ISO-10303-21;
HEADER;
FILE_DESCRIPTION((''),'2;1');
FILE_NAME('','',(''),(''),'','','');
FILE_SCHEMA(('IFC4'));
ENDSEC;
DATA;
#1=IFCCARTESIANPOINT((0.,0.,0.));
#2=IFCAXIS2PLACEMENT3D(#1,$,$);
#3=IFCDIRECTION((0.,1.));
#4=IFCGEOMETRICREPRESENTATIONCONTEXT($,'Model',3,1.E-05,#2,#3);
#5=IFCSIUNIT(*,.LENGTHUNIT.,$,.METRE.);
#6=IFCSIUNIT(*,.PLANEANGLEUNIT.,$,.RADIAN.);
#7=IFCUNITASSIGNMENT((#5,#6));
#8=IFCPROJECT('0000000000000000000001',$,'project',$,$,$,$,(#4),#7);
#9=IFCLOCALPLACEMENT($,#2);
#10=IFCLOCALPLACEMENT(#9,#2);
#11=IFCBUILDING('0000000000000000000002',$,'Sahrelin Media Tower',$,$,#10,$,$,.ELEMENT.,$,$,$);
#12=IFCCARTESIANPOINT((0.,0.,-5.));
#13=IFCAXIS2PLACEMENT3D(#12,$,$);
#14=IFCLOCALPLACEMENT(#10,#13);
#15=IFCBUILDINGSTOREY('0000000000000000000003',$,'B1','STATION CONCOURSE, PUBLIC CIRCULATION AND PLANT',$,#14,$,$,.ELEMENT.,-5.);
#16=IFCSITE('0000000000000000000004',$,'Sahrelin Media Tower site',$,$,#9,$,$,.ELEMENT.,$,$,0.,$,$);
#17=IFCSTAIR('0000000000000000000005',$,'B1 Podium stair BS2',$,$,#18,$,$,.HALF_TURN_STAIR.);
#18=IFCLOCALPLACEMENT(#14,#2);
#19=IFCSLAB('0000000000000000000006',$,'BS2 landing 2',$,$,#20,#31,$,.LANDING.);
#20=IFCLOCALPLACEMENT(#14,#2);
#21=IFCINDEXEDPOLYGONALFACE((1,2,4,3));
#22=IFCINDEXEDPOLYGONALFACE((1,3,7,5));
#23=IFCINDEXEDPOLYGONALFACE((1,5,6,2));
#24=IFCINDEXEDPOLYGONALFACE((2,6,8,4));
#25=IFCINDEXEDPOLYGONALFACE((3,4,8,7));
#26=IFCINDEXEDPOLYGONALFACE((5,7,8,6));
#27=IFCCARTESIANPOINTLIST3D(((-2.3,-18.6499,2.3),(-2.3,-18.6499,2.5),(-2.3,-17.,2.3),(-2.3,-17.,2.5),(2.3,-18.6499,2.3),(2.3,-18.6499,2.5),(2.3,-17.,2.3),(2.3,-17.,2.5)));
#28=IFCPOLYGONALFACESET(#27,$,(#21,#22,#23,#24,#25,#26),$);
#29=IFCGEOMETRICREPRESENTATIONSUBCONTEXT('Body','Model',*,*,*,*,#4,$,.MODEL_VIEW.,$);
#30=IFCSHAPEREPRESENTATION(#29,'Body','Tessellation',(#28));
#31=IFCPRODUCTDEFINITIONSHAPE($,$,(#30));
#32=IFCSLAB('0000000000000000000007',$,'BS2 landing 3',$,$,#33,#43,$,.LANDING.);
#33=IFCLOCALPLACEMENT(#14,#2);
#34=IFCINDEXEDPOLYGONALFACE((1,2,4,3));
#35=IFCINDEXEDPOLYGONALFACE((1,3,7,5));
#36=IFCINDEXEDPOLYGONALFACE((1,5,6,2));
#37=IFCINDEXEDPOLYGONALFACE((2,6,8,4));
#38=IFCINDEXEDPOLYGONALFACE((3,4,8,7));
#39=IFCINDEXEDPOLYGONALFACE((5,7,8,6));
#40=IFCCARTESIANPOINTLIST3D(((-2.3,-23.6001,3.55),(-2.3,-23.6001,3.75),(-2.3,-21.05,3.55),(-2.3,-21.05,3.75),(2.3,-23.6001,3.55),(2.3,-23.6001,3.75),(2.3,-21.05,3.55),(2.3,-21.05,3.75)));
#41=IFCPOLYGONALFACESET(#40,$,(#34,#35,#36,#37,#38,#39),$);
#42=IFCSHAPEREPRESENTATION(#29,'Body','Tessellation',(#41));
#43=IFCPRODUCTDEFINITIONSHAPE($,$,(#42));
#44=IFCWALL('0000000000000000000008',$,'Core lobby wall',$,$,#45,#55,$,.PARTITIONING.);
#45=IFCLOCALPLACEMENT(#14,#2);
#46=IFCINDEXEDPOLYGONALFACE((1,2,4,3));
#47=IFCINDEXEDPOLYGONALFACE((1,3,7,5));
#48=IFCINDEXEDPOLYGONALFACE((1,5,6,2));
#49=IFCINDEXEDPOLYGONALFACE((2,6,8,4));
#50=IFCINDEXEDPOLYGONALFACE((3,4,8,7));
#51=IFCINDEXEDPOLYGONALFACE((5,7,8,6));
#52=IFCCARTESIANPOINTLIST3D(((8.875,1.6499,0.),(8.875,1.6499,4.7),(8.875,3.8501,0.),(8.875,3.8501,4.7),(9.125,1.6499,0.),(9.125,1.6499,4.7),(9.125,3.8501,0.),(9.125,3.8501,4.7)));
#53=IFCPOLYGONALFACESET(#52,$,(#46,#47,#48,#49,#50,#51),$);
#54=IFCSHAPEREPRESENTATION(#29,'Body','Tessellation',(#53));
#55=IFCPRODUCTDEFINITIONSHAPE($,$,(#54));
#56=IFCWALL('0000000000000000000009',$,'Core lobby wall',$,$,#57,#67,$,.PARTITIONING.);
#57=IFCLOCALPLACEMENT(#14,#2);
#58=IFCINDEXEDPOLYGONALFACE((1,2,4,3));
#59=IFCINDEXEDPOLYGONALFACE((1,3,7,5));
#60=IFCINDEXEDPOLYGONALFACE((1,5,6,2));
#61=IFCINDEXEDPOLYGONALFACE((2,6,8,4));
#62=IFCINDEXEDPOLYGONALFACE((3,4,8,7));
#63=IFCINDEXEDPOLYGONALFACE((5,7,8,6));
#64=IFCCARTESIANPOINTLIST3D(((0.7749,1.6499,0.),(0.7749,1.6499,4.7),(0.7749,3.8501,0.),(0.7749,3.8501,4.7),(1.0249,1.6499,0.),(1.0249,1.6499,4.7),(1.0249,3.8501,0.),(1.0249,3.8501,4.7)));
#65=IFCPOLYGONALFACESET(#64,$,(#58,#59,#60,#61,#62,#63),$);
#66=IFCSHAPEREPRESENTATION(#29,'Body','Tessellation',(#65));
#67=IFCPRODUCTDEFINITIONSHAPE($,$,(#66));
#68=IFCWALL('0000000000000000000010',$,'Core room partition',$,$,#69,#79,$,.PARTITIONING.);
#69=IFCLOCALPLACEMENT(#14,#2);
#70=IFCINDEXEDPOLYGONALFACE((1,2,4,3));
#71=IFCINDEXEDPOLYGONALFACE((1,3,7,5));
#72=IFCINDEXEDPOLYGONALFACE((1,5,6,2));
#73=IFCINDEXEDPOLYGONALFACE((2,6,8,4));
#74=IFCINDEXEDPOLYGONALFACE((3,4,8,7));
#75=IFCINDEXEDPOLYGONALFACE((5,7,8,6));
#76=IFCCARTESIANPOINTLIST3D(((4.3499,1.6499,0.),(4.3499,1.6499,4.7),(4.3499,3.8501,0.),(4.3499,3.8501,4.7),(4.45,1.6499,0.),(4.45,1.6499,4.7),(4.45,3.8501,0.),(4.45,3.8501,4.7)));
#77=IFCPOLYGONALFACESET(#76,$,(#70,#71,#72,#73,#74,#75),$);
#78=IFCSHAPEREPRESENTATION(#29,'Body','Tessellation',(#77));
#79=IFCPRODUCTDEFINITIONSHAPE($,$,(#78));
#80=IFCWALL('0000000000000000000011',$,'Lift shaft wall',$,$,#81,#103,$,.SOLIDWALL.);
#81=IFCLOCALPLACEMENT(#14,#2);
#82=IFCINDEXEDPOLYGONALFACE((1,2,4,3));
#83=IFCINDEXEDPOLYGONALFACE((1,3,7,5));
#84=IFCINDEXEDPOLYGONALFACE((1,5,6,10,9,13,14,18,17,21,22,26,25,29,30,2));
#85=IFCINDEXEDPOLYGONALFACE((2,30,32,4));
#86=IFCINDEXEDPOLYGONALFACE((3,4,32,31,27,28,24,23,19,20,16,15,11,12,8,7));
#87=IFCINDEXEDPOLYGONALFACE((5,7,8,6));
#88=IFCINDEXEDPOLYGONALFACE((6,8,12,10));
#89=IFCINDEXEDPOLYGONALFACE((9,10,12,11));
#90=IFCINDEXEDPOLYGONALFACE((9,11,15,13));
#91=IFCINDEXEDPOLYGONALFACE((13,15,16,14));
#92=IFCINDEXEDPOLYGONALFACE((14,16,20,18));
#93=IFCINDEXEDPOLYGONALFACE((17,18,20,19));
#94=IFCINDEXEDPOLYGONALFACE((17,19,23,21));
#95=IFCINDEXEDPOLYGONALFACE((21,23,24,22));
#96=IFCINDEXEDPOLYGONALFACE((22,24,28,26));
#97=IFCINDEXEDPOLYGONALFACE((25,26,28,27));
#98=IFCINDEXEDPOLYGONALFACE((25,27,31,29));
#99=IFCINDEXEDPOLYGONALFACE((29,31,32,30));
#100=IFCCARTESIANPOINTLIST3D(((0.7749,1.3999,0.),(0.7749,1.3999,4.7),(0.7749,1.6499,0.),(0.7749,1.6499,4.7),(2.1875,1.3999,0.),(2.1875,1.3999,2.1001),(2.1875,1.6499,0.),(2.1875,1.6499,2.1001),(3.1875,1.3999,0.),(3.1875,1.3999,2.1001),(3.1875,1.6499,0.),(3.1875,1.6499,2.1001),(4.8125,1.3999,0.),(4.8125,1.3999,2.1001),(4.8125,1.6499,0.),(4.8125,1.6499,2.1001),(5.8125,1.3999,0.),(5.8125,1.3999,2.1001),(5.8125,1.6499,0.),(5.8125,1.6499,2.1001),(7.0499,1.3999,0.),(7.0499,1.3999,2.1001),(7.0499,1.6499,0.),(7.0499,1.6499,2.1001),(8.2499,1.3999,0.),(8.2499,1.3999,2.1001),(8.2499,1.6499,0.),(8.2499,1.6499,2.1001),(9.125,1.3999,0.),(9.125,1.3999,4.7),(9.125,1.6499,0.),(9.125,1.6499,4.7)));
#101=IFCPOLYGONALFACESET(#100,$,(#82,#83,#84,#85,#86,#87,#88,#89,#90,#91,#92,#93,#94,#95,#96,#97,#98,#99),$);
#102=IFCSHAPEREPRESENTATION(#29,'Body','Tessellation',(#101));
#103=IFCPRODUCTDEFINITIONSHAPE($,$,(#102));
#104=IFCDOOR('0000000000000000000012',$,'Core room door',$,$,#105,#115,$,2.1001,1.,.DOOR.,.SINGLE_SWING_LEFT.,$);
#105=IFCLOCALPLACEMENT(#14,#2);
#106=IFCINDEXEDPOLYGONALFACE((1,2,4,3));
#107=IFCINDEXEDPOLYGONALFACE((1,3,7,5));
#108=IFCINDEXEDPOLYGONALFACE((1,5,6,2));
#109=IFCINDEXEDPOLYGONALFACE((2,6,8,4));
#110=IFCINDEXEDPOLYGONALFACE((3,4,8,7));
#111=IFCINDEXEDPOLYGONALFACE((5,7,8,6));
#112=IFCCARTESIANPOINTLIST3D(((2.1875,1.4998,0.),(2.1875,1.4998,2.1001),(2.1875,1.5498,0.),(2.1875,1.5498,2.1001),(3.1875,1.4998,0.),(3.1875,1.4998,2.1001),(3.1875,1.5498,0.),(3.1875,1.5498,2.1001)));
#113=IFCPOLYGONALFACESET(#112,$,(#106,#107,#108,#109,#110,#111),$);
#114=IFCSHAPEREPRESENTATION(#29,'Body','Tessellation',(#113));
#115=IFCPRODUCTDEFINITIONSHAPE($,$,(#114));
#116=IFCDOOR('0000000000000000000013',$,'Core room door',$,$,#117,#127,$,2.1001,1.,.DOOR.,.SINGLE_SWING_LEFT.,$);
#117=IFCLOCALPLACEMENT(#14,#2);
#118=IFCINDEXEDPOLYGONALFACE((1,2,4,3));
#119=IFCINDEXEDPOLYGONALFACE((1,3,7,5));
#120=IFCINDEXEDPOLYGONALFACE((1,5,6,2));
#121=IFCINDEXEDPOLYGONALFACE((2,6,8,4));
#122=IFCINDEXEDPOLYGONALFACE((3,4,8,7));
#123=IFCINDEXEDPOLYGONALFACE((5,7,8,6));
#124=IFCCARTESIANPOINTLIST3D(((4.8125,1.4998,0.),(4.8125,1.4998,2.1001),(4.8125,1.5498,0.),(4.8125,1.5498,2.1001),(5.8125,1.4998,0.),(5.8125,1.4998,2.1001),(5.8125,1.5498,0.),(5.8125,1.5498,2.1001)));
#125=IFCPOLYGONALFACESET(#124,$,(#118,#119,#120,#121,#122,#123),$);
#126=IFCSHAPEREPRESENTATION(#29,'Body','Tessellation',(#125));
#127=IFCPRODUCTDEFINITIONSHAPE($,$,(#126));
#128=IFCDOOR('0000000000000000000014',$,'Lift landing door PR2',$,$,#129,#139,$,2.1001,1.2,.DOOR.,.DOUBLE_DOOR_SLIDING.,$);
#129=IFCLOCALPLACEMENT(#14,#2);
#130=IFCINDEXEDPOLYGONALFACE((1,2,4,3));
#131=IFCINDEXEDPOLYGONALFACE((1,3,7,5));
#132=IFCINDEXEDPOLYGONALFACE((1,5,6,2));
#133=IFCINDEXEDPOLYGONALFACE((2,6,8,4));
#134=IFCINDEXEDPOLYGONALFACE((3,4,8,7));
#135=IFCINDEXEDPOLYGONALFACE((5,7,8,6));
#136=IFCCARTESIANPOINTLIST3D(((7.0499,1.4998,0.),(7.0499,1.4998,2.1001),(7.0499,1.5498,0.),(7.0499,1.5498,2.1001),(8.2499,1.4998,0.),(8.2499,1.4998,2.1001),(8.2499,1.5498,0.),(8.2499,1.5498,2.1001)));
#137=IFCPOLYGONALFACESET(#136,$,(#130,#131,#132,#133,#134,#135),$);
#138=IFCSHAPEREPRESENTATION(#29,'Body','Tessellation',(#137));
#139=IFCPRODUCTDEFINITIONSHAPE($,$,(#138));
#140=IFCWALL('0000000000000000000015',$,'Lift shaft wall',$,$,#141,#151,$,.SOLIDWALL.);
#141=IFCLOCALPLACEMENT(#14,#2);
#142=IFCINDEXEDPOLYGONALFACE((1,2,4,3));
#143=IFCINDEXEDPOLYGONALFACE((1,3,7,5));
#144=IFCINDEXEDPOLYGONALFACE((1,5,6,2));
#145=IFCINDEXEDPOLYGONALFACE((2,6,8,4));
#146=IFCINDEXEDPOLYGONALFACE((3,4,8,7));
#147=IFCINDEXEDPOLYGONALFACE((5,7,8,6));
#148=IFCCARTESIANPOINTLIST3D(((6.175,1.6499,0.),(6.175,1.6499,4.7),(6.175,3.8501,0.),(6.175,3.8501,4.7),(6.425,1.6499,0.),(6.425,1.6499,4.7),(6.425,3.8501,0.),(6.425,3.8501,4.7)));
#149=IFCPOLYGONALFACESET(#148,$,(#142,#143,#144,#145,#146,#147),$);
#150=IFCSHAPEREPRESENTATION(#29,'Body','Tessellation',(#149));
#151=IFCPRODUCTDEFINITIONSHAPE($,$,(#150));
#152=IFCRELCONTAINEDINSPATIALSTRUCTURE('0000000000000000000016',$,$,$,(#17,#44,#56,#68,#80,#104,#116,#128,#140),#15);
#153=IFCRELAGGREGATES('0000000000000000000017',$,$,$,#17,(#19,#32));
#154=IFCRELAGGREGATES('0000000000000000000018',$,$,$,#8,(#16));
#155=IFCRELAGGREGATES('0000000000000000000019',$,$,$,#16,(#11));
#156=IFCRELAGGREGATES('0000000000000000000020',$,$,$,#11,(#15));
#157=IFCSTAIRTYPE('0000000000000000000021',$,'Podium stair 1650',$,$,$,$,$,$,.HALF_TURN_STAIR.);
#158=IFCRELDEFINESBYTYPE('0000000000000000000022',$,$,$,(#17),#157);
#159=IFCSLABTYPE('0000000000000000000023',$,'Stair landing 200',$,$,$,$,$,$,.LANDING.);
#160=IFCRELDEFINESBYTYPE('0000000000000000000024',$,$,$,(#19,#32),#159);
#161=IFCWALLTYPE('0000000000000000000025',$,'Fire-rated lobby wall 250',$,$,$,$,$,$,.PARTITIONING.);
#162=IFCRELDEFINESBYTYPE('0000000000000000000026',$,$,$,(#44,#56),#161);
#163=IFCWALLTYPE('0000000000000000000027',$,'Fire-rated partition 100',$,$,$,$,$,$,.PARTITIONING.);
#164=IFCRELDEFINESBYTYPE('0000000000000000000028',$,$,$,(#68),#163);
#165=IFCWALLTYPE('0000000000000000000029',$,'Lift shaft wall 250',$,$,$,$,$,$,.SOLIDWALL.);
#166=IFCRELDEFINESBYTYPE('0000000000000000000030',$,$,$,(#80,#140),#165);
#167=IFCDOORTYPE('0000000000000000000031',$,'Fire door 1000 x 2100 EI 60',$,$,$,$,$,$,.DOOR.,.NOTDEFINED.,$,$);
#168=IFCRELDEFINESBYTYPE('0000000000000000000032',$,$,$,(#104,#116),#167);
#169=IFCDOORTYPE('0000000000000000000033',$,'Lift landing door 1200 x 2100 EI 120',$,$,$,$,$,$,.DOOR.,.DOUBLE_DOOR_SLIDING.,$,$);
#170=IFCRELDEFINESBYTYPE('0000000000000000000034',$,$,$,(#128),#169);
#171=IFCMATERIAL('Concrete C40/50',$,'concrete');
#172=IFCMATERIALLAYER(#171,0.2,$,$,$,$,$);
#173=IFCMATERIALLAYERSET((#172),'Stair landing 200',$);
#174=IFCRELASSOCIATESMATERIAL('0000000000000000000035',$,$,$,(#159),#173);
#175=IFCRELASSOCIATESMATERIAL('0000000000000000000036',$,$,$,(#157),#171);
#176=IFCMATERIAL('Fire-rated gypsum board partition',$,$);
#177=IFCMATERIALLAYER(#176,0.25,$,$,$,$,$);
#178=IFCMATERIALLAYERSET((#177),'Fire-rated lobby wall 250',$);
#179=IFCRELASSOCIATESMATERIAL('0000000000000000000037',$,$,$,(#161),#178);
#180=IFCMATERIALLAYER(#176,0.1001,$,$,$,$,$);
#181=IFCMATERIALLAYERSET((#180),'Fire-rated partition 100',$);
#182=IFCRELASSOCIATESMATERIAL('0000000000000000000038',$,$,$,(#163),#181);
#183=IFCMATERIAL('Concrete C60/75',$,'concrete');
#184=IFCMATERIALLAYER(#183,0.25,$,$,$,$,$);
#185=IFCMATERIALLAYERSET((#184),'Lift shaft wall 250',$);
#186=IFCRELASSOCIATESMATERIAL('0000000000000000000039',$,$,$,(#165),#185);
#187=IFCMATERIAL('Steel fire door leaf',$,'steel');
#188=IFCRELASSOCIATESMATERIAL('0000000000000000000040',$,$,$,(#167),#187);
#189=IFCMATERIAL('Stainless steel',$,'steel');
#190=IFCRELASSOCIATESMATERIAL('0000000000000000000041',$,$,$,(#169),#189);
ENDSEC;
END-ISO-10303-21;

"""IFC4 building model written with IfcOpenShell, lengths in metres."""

from ifc_helpers import new_model, si_unit, direction, frame, frame_2d, origin, place, context, subcontext, project, spatial, polyline, rectangle, outline, extrude, material, layer, layer_set, type_object, element, fill, aggregate, save


model = new_model("IFC4")

# Units and contexts
model_context = context("Model", 3, precision=1e-05, world=origin(), true_north=direction((0.0, 1.0)))
body_context = subcontext(model_context, "Body", "Model", "MODEL_VIEW")
ifc_project = project(units=[si_unit("LENGTHUNIT", "METRE"), si_unit("PLANEANGLEUNIT", "RADIAN")], contexts=[model_context])

# Site, building, storey
site_placement = place(None, origin())
site = spatial("IfcSite", under=ifc_project, at=site_placement, Name="Sahrelin Media Tower site", CompositionType="ELEMENT", RefElevation=0.0)
building_placement = place(site_placement, origin())
building = spatial("IfcBuilding", under=site, at=building_placement, Name="Sahrelin Media Tower", CompositionType="ELEMENT")
storey_placement = place(building_placement, frame((0.0, 0.0, -5.0)))
storey = spatial("IfcBuildingStorey", under=building, at=storey_placement, Name="B1", Description="STATION CONCOURSE, PUBLIC CIRCULATION AND PLANT", CompositionType="ELEMENT", Elevation=-5.0)

# Shared definitions
ifc_material_1 = material(Name="Concrete C60/75", Category="concrete")

# Shared definitions
ifc_material_2 = material(Name="Concrete C40/50", Category="concrete")

# Shared definitions
placement_1 = place(storey_placement, origin())
ifc_layer_1 = layer(ifc_material_2, 0.2)
ifc_layer_set_1 = layer_set([ifc_layer_1], Name="Stair landing 200")
slab_type_1 = type_object("IfcSlabType", Name="Stair landing 200", PredefinedType="LANDING", material=ifc_layer_set_1)
placement_2 = place(storey_placement, frame((0.0, 0.0, 3.55)))

# Stair, slabs
stair_type_1 = type_object("IfcStairType", Name="Podium stair 1650", PredefinedType="HALF_TURN_STAIR", material=ifc_material_2)
placement_3 = place(storey_placement, frame((0.0, 0.0, 2.3)))
stair_1 = element("IfcStair", 1, at=placement_1, inside=storey, type_object=stair_type_1, Name="B1 Podium stair BS2", PredefinedType="HALF_TURN_STAIR")
slab_1 = element("IfcSlab", 2, at=placement_3, type_object=slab_type_1, Name="BS2 landing 2", PredefinedType="LANDING", context=body_context, shape_type="SweptSolid", body=[
    extrude(outline(polyline([(-2.3, -17.0), (-2.3, -18.6499), (2.3, -18.6499), (2.3, -17.0), (-2.3, -17.0)])), origin(), (0.0, 0.0, 1.0), 0.2),
])
slab_2 = element("IfcSlab", 3, at=placement_2, type_object=slab_type_1, Name="BS2 landing 3", PredefinedType="LANDING", context=body_context, shape_type="SweptSolid", body=[
    extrude(outline(polyline([(-2.3, -21.05), (-2.3, -23.6001), (2.3, -23.6001), (2.3, -21.05), (-2.3, -21.05)])), origin(), (0.0, 0.0, 1.0), 0.2),
])
aggregate(stair_1, [slab_1, slab_2])

# Walls
ifc_material_3 = material(Name="Fire-rated gypsum board partition")
ifc_layer_2 = layer(ifc_material_3, 0.25)
ifc_layer_set_2 = layer_set([ifc_layer_2], Name="Fire-rated lobby wall 250")
wall_type_1 = type_object("IfcWallType", Name="Fire-rated lobby wall 250", PredefinedType="PARTITIONING", material=ifc_layer_set_2)
for number, where, z_axis, x_axis, name in (
    (4, (9.0, 1.6499, 0.0), (0.0, 0.0, 1.0), (0.0, 1.0, 0.0), "Core lobby wall"),
    (5, (0.8999, 1.6499, 0.0), (0.0, 0.0, 1.0), (0.0, 1.0, 0.0), "Core lobby wall"),
):
    element("IfcWall", number, at=place(storey_placement, frame(where, z_axis=z_axis, x_axis=x_axis)), inside=storey, type_object=wall_type_1, Name=name, PredefinedType="PARTITIONING", context=body_context, shape_type="SweptSolid", body=[
        extrude(rectangle(XDim=2.2002, YDim=0.25, at=frame_2d((1.1001, 0.0))), origin(), (0.0, 0.0, 1.0), 4.7),
    ])
ifc_layer_3 = layer(ifc_material_3, 0.1001)
ifc_layer_set_3 = layer_set([ifc_layer_3], Name="Fire-rated partition 100")
wall_type_2 = type_object("IfcWallType", Name="Fire-rated partition 100", PredefinedType="PARTITIONING", material=ifc_layer_set_3)
wall_1_placement = place(storey_placement, frame((4.3999, 1.6499, 0.0), z_axis=(0.0, 0.0, 1.0), x_axis=(0.0, 1.0, 0.0)))
element("IfcWall", 6, at=wall_1_placement, inside=storey, type_object=wall_type_2, Name="Core room partition", PredefinedType="PARTITIONING", context=body_context, shape_type="SweptSolid", body=[
    extrude(rectangle(XDim=2.2002, YDim=0.1001, at=frame_2d((1.1001, 0.0))), origin(), (0.0, 0.0, 1.0), 4.7),
])

# Wall, openings, doors
ifc_layer_4 = layer(ifc_material_1, 0.25)
ifc_layer_set_4 = layer_set([ifc_layer_4], Name="Lift shaft wall 250")
wall_type_3 = type_object("IfcWallType", Name="Lift shaft wall 250", PredefinedType="SOLIDWALL", material=ifc_layer_set_4)
wall_2_placement = place(storey_placement, frame((0.7749, 1.5249, 0.0), z_axis=(0.0, 0.0, 1.0), x_axis=(1.0, 0.0, 0.0)))
wall_2 = element("IfcWall", 7, at=wall_2_placement, inside=storey, type_object=wall_type_3, Name="Lift shaft wall", PredefinedType="SOLIDWALL", context=body_context, shape_type="SweptSolid", body=[
    extrude(rectangle(XDim=8.3501, YDim=0.25, at=frame_2d((4.175, 0.0))), origin(), (0.0, 0.0, 1.0), 4.7),
])
opening_1_placement = place(wall_2_placement, frame((6.2749, 0.0, 0.0)))
opening_1 = element("IfcOpeningElement", 8, at=opening_1_placement, cuts=wall_2, PredefinedType="OPENING", context=body_context, shape_type="SweptSolid", body=[
    extrude(rectangle(XDim=1.2, YDim=2.1001, at=frame_2d((0.6001, 1.05))), frame((0.0, 0.125, 0.0), z_axis=(0.0, -1.0, 0.0), x_axis=(1.0, 0.0, 0.0)), (0.0, 0.0, 1.0), 0.25),
])
opening_2_placement = place(wall_2_placement, frame((1.4126, 0.0, 0.0)))
opening_2 = element("IfcOpeningElement", 9, at=opening_2_placement, cuts=wall_2, PredefinedType="OPENING", context=body_context, shape_type="SweptSolid", body=[
    extrude(rectangle(XDim=1.0, YDim=2.1001, at=frame_2d((0.5, 1.05))), frame((0.0, 0.125, 0.0), z_axis=(0.0, -1.0, 0.0), x_axis=(1.0, 0.0, 0.0)), (0.0, 0.0, 1.0), 0.25),
])
opening_3_placement = place(wall_2_placement, frame((4.0376, 0.0, 0.0)))
opening_3 = element("IfcOpeningElement", 10, at=opening_3_placement, cuts=wall_2, PredefinedType="OPENING", context=body_context, shape_type="SweptSolid", body=[
    extrude(rectangle(XDim=1.0, YDim=2.1001, at=frame_2d((0.5, 1.05))), frame((0.0, 0.125, 0.0), z_axis=(0.0, -1.0, 0.0), x_axis=(1.0, 0.0, 0.0)), (0.0, 0.0, 1.0), 0.25),
])
ifc_material_4 = material(Name="Steel fire door leaf", Category="steel")
door_type_1 = type_object("IfcDoorType", Name="Fire door 1000 x 2100 EI 60", OperationType="NOTDEFINED", PredefinedType="DOOR", material=ifc_material_4)
door_1_placement = place(opening_2_placement, origin())
door_1 = element("IfcDoor", 11, at=door_1_placement, inside=storey, type_object=door_type_1, Name="Core room door", OperationType="SINGLE_SWING_LEFT", OverallHeight=2.1001, OverallWidth=1.0, PredefinedType="DOOR", context=body_context, shape_type="SweptSolid", body=[
    extrude(rectangle(XDim=1.0, YDim=2.1001, at=frame_2d((0.5, 1.05))), frame((0.0, 0.0249, 0.0), z_axis=(0.0, -1.0, 0.0), x_axis=(1.0, 0.0, 0.0)), (0.0, 0.0, 1.0), 0.05),
])
fill(opening_2, door_1)
door_2_placement = place(opening_3_placement, origin())
door_2 = element("IfcDoor", 12, at=door_2_placement, inside=storey, type_object=door_type_1, Name="Core room door", OperationType="SINGLE_SWING_LEFT", OverallHeight=2.1001, OverallWidth=1.0, PredefinedType="DOOR", context=body_context, shape_type="SweptSolid", body=[
    extrude(rectangle(XDim=1.0, YDim=2.1001, at=frame_2d((0.5, 1.05))), frame((0.0, 0.0249, 0.0), z_axis=(0.0, -1.0, 0.0), x_axis=(1.0, 0.0, 0.0)), (0.0, 0.0, 1.0), 0.05),
])
fill(opening_3, door_2)
ifc_material_5 = material(Name="Stainless steel", Category="steel")
door_type_2 = type_object("IfcDoorType", Name="Lift landing door 1200 x 2100 EI 120", OperationType="DOUBLE_DOOR_SLIDING", PredefinedType="DOOR", material=ifc_material_5)
door_3_placement = place(opening_1_placement, origin())
door_3 = element("IfcDoor", 13, at=door_3_placement, inside=storey, type_object=door_type_2, Name="Lift landing door PR2", OperationType="DOUBLE_DOOR_SLIDING", OverallHeight=2.1001, OverallWidth=1.2, PredefinedType="DOOR", context=body_context, shape_type="SweptSolid", body=[
    extrude(rectangle(XDim=1.2, YDim=2.1001, at=frame_2d((0.6001, 1.05))), frame((0.0, 0.0249, 0.0), z_axis=(0.0, -1.0, 0.0), x_axis=(1.0, 0.0, 0.0)), (0.0, 0.0, 1.0), 0.05),
])
fill(opening_1, door_3)

# Wall
wall_3_placement = place(storey_placement, frame((6.3, 1.6499, 0.0), z_axis=(0.0, 0.0, 1.0), x_axis=(0.0, 1.0, 0.0)))
element("IfcWall", 14, at=wall_3_placement, inside=storey, type_object=wall_type_3, Name="Lift shaft wall", PredefinedType="SOLIDWALL", context=body_context, shape_type="SweptSolid", body=[
    extrude(rectangle(XDim=2.2002, YDim=0.25, at=frame_2d((1.1001, 0.0))), origin(), (0.0, 0.0, 1.0), 4.7),
])

save(model, "model.ifc")
